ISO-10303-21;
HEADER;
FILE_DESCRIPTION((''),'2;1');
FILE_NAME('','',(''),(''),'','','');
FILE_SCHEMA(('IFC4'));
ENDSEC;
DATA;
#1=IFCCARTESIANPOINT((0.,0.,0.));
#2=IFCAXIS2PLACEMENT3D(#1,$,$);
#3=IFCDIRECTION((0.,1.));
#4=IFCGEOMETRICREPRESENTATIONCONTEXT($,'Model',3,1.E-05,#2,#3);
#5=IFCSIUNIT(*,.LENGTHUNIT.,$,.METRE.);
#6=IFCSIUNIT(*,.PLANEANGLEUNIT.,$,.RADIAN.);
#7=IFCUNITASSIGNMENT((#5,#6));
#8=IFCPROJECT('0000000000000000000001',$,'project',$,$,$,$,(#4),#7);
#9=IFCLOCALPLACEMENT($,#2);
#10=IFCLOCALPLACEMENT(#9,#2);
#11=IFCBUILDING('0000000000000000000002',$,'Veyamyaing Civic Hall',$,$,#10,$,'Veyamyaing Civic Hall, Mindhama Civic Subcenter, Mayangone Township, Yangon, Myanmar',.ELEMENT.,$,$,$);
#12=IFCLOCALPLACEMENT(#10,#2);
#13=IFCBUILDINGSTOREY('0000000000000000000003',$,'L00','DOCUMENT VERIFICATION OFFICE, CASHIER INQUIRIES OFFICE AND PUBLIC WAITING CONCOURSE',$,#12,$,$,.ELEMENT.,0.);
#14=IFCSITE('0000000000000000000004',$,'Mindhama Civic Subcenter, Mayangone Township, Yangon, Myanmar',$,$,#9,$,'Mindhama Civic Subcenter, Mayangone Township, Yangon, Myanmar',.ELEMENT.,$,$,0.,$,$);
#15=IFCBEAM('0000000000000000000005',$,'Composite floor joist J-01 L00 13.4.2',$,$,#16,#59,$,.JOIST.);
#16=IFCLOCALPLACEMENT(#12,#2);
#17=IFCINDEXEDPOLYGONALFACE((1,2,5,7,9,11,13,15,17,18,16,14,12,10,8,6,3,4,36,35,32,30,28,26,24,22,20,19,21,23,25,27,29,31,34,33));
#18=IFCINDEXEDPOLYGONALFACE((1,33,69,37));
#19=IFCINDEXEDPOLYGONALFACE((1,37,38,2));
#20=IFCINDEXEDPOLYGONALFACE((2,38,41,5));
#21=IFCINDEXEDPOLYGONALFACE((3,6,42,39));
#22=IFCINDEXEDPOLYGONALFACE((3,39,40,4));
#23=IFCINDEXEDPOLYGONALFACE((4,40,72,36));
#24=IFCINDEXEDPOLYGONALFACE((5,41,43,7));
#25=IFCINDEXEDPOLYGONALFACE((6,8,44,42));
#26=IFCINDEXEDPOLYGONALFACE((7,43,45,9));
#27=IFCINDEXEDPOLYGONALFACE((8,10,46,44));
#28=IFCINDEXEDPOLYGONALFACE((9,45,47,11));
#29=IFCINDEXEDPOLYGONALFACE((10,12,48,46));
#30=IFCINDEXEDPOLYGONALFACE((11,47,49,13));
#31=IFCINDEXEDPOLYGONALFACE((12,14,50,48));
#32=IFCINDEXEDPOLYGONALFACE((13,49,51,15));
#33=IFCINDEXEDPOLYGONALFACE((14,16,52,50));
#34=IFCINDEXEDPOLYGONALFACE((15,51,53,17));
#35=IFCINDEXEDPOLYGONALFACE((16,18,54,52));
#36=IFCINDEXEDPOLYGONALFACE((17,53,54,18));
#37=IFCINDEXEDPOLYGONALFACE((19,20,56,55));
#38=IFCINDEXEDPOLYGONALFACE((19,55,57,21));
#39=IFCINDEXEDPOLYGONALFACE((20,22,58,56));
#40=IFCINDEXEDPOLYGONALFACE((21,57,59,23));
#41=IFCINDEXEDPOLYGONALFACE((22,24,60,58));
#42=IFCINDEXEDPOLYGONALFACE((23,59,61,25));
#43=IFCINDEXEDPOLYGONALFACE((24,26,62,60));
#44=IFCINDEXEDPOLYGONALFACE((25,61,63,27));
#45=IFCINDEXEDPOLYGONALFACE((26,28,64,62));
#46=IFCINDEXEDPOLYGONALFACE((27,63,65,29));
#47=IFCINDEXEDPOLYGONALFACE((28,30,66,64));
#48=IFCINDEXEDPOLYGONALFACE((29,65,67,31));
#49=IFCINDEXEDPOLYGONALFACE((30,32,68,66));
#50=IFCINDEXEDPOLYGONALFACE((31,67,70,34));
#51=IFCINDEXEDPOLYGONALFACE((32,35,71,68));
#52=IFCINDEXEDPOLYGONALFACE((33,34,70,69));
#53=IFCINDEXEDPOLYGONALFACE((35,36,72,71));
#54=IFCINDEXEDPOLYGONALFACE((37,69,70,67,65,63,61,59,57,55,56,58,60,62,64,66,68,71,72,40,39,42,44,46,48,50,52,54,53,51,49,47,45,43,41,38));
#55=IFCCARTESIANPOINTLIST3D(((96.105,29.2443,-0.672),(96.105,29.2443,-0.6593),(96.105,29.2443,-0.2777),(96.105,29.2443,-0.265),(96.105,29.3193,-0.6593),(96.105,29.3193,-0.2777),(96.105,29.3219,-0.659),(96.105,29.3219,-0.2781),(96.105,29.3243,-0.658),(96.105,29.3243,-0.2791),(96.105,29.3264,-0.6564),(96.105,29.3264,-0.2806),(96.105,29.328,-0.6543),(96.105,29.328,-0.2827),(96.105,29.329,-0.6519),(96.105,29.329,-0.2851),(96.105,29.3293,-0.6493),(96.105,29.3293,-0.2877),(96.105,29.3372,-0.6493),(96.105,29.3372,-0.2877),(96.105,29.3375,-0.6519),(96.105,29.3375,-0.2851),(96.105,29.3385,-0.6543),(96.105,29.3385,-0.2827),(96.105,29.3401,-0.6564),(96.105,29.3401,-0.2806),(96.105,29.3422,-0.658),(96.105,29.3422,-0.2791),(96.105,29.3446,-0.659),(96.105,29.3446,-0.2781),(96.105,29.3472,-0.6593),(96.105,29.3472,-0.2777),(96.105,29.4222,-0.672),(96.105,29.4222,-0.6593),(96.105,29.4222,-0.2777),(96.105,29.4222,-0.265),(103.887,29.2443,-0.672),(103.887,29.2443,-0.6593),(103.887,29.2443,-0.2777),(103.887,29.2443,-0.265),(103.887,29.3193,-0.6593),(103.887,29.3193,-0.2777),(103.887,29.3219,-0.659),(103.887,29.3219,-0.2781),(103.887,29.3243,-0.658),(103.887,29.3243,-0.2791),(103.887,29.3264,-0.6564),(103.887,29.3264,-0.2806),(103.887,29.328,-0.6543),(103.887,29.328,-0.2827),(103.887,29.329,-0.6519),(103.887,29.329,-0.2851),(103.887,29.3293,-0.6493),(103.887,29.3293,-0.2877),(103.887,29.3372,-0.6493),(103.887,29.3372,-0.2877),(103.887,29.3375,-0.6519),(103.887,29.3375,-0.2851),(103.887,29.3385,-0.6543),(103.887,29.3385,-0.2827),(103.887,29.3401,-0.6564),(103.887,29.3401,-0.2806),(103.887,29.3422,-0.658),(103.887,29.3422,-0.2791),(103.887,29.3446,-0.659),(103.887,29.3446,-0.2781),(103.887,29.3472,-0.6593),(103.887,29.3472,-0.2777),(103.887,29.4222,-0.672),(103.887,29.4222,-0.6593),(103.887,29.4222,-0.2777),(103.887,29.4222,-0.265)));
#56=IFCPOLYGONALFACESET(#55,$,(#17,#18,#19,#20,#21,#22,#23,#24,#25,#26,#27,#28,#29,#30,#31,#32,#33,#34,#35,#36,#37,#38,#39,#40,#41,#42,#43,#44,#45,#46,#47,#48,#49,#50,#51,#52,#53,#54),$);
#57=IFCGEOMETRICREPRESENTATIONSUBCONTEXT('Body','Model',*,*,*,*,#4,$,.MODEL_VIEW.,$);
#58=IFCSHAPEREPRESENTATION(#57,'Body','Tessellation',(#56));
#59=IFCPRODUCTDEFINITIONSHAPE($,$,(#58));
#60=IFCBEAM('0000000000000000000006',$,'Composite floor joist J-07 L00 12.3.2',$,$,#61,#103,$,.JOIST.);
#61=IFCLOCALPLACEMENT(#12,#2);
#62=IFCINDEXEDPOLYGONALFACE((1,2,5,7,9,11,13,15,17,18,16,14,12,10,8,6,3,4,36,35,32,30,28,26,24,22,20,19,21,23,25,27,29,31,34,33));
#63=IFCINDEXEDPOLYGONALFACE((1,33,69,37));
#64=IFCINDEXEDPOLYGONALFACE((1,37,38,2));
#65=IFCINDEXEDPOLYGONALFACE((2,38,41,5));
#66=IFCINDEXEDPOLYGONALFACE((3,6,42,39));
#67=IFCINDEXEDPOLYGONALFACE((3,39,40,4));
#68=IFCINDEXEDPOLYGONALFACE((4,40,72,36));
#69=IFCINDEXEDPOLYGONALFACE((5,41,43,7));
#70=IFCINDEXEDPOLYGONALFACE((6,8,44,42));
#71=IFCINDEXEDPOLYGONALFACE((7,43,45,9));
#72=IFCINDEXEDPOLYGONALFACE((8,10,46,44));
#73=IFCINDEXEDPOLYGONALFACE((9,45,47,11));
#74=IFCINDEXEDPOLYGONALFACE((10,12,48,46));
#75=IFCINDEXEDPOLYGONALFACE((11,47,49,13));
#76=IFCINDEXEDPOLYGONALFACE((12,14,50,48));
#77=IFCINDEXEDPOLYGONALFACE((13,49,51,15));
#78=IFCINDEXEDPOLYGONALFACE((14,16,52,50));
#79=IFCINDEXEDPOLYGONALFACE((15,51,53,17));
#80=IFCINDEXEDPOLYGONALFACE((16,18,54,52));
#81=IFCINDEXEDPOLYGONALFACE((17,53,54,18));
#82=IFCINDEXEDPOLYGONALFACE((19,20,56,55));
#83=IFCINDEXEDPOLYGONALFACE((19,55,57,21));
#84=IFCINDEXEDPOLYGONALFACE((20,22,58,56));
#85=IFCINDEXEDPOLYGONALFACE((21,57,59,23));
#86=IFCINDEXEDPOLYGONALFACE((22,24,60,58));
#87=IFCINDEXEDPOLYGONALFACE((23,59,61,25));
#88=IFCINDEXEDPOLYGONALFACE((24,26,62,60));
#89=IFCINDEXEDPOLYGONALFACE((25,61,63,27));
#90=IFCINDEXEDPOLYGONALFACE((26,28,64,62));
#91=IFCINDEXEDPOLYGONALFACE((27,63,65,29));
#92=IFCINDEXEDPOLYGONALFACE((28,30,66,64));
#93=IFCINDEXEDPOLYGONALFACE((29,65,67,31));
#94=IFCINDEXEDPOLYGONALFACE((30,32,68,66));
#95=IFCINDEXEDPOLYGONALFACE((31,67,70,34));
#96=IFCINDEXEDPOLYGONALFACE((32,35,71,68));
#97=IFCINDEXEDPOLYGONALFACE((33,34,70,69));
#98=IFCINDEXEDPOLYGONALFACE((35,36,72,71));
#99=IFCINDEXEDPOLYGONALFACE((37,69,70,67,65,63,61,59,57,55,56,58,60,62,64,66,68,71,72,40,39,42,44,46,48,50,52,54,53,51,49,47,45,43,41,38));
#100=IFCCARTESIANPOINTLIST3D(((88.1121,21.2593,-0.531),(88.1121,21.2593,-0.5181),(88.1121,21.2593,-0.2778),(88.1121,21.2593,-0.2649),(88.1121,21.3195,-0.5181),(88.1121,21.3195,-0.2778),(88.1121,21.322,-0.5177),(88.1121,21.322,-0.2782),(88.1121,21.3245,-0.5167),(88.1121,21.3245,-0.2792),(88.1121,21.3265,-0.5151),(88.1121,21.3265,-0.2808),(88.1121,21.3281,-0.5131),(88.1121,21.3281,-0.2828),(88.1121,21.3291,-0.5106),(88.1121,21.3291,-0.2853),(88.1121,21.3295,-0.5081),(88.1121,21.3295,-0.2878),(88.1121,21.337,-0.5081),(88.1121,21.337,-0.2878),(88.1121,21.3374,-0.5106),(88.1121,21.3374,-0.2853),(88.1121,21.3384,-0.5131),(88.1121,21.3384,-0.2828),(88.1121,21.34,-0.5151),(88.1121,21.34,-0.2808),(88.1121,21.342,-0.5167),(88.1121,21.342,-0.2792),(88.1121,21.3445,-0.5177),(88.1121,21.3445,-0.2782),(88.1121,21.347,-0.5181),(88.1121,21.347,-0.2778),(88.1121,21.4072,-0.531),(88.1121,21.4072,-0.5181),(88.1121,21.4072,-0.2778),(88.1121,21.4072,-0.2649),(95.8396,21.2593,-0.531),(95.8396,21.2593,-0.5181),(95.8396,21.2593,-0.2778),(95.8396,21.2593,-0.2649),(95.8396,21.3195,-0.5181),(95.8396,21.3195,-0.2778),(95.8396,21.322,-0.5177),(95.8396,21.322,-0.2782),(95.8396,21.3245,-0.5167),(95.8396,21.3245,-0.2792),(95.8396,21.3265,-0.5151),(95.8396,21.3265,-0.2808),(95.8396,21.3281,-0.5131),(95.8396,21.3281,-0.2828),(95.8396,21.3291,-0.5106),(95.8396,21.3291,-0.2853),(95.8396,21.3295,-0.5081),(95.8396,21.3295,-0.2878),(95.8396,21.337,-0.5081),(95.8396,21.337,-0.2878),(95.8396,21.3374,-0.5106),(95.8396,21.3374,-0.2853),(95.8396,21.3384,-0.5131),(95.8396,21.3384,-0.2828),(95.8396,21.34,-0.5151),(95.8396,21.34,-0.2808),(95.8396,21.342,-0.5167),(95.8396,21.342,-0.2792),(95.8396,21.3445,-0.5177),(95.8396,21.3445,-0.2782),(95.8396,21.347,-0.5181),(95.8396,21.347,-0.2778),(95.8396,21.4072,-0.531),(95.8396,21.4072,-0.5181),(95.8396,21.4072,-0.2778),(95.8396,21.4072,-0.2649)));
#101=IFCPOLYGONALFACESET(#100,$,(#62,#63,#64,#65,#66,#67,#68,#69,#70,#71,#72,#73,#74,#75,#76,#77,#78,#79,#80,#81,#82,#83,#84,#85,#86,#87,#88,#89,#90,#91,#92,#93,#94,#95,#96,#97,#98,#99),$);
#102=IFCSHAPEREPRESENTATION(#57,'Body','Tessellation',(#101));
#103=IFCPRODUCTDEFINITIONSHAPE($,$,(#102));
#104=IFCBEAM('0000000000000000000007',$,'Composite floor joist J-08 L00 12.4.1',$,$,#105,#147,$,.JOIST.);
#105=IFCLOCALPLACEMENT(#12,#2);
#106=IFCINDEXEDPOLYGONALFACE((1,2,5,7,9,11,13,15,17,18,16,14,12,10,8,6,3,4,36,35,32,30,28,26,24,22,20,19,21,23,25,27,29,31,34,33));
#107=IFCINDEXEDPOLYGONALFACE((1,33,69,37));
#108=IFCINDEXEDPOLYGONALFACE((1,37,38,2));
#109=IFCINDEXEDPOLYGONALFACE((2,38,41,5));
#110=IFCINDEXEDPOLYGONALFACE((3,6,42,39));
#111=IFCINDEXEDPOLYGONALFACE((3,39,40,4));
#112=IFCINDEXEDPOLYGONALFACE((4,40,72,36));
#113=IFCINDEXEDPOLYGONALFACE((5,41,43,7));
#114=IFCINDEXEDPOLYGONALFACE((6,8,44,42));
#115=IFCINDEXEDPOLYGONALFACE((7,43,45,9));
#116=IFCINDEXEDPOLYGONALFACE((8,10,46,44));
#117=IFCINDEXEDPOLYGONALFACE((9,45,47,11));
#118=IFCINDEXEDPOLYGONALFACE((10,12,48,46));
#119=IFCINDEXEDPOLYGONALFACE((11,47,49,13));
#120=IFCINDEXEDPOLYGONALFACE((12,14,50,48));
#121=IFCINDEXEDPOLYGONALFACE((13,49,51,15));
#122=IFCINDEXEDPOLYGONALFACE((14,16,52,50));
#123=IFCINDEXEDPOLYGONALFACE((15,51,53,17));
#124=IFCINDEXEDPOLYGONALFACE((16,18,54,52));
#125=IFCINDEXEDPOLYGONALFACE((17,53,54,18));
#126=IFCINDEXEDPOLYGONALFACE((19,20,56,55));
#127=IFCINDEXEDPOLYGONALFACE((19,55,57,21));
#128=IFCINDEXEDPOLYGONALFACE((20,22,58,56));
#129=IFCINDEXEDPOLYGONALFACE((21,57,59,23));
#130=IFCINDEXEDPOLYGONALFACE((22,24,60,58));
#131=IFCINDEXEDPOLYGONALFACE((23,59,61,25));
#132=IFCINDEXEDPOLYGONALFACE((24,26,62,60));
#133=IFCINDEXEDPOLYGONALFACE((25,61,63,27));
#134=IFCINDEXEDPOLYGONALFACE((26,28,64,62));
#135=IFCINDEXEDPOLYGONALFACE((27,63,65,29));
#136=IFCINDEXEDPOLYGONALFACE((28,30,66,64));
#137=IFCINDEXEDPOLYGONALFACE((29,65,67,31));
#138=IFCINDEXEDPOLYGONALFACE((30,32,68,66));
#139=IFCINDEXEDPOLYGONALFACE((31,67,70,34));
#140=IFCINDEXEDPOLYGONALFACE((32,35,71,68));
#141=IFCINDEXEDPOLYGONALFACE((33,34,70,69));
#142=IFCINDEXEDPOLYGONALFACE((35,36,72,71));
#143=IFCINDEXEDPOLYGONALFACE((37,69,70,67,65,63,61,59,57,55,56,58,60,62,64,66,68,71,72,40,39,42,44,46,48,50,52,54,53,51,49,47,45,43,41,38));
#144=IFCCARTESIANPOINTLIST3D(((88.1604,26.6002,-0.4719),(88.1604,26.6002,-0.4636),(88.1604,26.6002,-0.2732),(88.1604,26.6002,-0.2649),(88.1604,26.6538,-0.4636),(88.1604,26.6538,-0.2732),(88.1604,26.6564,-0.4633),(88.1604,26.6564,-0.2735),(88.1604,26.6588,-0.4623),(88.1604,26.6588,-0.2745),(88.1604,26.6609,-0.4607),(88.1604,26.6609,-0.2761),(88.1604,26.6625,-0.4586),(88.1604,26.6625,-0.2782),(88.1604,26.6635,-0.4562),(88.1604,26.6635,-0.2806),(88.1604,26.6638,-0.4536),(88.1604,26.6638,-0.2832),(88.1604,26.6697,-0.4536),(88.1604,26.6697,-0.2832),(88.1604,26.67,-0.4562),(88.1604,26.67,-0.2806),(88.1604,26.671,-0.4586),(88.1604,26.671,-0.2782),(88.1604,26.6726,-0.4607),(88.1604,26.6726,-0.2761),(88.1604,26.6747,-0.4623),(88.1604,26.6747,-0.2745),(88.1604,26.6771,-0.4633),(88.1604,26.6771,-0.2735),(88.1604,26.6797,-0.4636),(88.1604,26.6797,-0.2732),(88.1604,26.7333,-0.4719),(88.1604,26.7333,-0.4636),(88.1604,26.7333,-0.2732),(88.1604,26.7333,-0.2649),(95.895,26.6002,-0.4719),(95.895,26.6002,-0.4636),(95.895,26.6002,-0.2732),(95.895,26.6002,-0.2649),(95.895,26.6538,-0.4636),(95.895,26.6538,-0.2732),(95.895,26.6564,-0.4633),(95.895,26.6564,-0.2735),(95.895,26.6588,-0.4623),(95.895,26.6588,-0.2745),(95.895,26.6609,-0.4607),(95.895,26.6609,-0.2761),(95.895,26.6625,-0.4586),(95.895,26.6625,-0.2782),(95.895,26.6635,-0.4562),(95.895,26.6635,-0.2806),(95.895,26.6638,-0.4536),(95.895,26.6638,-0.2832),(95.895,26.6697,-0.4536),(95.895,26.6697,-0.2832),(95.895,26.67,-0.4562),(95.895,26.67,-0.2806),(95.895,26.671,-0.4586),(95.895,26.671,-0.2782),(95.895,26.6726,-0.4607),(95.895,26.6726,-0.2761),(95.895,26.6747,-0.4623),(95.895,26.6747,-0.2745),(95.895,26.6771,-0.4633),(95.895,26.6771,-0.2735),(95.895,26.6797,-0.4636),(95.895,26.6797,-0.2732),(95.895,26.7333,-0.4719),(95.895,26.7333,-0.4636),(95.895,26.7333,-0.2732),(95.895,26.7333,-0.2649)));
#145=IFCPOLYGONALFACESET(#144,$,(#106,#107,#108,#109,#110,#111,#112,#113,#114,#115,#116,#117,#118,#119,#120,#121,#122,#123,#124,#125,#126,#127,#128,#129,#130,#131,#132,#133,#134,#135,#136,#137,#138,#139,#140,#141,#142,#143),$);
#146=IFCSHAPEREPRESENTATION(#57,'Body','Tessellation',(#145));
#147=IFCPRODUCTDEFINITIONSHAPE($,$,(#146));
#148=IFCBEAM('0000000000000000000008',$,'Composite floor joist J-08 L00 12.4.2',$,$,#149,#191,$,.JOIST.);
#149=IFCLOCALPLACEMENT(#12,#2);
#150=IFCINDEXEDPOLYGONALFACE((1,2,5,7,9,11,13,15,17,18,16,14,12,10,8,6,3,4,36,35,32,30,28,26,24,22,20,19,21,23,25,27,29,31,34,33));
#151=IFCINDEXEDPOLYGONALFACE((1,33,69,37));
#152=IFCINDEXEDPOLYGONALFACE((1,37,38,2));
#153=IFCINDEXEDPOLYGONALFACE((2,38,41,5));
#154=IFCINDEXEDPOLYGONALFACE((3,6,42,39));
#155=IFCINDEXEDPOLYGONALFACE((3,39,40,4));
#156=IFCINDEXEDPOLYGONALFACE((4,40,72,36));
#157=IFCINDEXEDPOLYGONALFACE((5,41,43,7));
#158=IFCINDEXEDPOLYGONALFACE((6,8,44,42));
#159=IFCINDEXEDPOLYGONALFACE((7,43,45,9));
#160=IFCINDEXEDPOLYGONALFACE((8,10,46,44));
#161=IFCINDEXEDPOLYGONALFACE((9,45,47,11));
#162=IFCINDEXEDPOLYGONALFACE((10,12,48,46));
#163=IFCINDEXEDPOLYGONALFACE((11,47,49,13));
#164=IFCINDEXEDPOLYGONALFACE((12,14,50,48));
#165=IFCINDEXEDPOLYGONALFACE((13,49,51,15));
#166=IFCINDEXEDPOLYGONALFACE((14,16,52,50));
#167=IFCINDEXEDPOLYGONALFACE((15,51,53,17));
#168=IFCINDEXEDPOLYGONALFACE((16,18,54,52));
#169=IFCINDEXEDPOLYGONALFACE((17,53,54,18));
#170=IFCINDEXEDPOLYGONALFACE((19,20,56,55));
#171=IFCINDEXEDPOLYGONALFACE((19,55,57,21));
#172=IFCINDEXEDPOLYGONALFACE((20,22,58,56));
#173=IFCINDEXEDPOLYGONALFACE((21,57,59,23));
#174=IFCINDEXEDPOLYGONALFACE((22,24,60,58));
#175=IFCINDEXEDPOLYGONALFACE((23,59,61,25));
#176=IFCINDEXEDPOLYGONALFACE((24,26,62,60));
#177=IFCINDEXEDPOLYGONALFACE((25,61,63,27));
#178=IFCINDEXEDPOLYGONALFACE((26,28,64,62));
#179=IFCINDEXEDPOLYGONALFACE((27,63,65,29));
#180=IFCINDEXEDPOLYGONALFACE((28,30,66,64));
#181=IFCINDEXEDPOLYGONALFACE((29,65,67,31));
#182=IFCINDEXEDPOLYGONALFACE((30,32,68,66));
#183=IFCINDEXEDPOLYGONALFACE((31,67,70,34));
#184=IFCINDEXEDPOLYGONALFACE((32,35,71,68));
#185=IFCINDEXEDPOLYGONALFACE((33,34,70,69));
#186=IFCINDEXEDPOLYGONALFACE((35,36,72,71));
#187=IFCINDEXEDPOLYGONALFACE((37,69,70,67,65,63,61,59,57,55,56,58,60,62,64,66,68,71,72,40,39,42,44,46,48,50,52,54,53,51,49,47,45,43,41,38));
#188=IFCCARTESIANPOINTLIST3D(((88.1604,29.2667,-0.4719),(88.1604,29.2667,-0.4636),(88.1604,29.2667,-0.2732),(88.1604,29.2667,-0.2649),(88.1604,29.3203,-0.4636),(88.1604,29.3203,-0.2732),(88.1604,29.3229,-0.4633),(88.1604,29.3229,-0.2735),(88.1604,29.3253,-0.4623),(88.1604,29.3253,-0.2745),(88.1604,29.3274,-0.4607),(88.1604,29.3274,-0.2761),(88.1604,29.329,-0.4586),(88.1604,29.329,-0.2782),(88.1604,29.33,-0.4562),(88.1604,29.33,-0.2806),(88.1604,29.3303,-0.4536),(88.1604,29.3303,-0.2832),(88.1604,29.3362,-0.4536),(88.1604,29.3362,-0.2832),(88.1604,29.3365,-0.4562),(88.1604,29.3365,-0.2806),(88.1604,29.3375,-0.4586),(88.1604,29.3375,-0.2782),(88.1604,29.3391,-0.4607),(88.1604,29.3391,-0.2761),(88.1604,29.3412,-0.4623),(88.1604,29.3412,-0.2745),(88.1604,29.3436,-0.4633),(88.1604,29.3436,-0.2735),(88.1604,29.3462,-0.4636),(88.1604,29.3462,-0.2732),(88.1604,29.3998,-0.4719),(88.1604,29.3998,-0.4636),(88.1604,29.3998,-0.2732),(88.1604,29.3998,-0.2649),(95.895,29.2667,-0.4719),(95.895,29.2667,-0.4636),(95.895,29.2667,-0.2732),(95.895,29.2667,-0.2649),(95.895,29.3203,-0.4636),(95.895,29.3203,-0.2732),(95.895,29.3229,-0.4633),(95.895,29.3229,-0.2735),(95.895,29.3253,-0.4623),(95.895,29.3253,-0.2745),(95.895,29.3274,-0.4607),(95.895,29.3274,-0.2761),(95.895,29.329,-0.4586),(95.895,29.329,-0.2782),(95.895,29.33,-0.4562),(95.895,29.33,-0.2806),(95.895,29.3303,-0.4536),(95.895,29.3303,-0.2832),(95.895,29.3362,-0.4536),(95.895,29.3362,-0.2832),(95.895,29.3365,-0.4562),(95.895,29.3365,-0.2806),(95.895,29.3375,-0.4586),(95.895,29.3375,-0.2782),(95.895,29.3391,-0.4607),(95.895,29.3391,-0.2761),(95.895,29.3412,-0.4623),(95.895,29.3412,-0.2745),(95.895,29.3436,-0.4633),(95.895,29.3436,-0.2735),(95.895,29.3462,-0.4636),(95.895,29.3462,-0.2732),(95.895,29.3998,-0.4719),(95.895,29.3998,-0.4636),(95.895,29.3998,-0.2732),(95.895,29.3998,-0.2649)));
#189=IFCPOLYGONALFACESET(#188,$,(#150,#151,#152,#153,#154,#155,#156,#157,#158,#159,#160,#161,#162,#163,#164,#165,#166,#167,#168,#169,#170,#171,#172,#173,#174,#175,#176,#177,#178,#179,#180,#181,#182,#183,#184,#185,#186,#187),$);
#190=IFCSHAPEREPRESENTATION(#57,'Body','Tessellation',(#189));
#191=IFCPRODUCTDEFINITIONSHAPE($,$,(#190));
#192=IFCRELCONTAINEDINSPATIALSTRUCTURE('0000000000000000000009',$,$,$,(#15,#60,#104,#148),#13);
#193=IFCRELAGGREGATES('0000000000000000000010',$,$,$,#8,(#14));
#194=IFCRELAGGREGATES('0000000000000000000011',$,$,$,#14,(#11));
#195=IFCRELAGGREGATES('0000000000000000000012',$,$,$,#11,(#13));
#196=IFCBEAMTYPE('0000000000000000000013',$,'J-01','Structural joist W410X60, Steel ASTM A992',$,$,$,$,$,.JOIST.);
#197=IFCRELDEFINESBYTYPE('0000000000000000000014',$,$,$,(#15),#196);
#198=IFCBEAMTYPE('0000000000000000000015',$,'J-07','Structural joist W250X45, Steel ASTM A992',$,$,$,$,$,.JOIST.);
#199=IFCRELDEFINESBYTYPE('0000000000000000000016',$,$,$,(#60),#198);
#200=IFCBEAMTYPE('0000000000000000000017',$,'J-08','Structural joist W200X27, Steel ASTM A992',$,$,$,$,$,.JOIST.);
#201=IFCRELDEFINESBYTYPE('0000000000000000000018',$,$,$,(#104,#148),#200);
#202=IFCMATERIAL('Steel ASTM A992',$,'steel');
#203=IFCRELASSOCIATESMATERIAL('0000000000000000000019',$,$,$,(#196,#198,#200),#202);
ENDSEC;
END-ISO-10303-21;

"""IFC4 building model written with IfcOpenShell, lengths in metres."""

from ifc_helpers import new_model, si_unit, direction, frame, origin, origin_2d, place, context, subcontext, project, spatial, i_section, extrude, material, material_profile, profile_set, type_object, element, save


model = new_model("IFC4")

# Units and contexts
model_context = context("Model", 3, precision=1e-05, world=origin(), true_north=direction((0.0, 1.0)))
body_context = subcontext(model_context, "Body", "Model", "MODEL_VIEW")
ifc_project = project(units=[si_unit("LENGTHUNIT", "METRE"), si_unit("PLANEANGLEUNIT", "RADIAN")], contexts=[model_context])

# Site, building, storey
site_placement = place(None, origin())
site = spatial("IfcSite", under=ifc_project, at=site_placement, Name="Mindhama Civic Subcenter, Mayangone Township, Yangon, Myanmar", LongName="Mindhama Civic Subcenter, Mayangone Township, Yangon, Myanmar", CompositionType="ELEMENT", RefElevation=0.0)
building_placement = place(site_placement, origin())
building = spatial("IfcBuilding", under=site, at=building_placement, Name="Veyamyaing Civic Hall", LongName="Veyamyaing Civic Hall, Mindhama Civic Subcenter, Mayangone Township, Yangon, Myanmar", CompositionType="ELEMENT")
storey_placement = place(building_placement, origin())
storey = spatial("IfcBuildingStorey", under=building, at=storey_placement, Name="L00", Description="DOCUMENT VERIFICATION OFFICE, CASHIER INQUIRIES OFFICE AND PUBLIC WAITING CONCOURSE", CompositionType="ELEMENT", Elevation=0.0)

# Beams
ifc_material_1 = material(Name="Steel ASTM A992", Category="steel")
ifc_material_profile_1 = material_profile(ifc_material_1, i_section(OverallWidth=0.178, OverallDepth=0.407, WebThickness=0.0078, FlangeThickness=0.0127, FilletRadius=0.01, at=origin_2d()), Name="W410X60")
ifc_profile_set_1 = profile_set([ifc_material_profile_1], Name="Steel ASTM A992")
beam_type_1 = type_object("IfcBeamType", Name="J-01", Description="Structural joist W410X60, Steel ASTM A992", PredefinedType="JOIST", material=ifc_profile_set_1)
for number, where, z_axis, x_axis, name in (
    (1, (96.105, 29.3333, -0.4685), (1.0, 0.0, 0.0), (0.0, 1.0, 0.0), "Composite floor joist J-01 L00 13.4.2"),
):
    element("IfcBeam", number, at=place(storey_placement, frame(where, z_axis=z_axis, x_axis=x_axis)), inside=storey, type_object=beam_type_1, Name=name, PredefinedType="JOIST", context=body_context, shape_type="SweptSolid", body=[
        extrude(i_section(OverallWidth=0.178, OverallDepth=0.407, WebThickness=0.0078, FlangeThickness=0.0127, FilletRadius=0.01, at=origin_2d()), origin(), (0.0, 0.0, 1.0), 7.782),
    ])
ifc_material_profile_2 = material_profile(ifc_material_1, i_section(OverallWidth=0.1479, OverallDepth=0.2661, WebThickness=0.0076, FlangeThickness=0.0129, FilletRadius=0.01, at=origin_2d()), Name="W250X45")
ifc_profile_set_2 = profile_set([ifc_material_profile_2], Name="Steel ASTM A992")
beam_type_2 = type_object("IfcBeamType", Name="J-07", Description="Structural joist W250X45, Steel ASTM A992", PredefinedType="JOIST", material=ifc_profile_set_2)
beam_1_placement = place(storey_placement, frame((88.1121, 21.3333, -0.3979), z_axis=(1.0, 0.0, 0.0), x_axis=(0.0, 1.0, 0.0)))
element("IfcBeam", 2, at=beam_1_placement, inside=storey, type_object=beam_type_2, Name="Composite floor joist J-07 L00 12.3.2", PredefinedType="JOIST", context=body_context, shape_type="SweptSolid", body=[
    extrude(i_section(OverallWidth=0.1479, OverallDepth=0.2661, WebThickness=0.0076, FlangeThickness=0.0129, FilletRadius=0.01, at=origin_2d()), origin(), (0.0, 0.0, 1.0), 7.7275),
])
ifc_material_profile_3 = material_profile(ifc_material_1, i_section(OverallWidth=0.1331, OverallDepth=0.207, WebThickness=0.0059, FlangeThickness=0.0083, FilletRadius=0.01, at=origin_2d()), Name="W200X27")
ifc_profile_set_3 = profile_set([ifc_material_profile_3], Name="Steel ASTM A992")
beam_type_3 = type_object("IfcBeamType", Name="J-08", Description="Structural joist W200X27, Steel ASTM A992", PredefinedType="JOIST", material=ifc_profile_set_3)
for number, where, z_axis, x_axis, name in (
    (3, (88.1604, 26.6667, -0.3684), (1.0, 0.0, 0.0), (0.0, 1.0, 0.0), "Composite floor joist J-08 L00 12.4.1"),
    (4, (88.1604, 29.3333, -0.3684), (1.0, 0.0, 0.0), (0.0, 1.0, 0.0), "Composite floor joist J-08 L00 12.4.2"),
):
    element("IfcBeam", number, at=place(storey_placement, frame(where, z_axis=z_axis, x_axis=x_axis)), inside=storey, type_object=beam_type_3, Name=name, PredefinedType="JOIST", context=body_context, shape_type="SweptSolid", body=[
        extrude(i_section(OverallWidth=0.1331, OverallDepth=0.207, WebThickness=0.0059, FlangeThickness=0.0083, FilletRadius=0.01, at=origin_2d()), origin(), (0.0, 0.0, 1.0), 7.7346),
    ])

save(model, "model.ifc")
